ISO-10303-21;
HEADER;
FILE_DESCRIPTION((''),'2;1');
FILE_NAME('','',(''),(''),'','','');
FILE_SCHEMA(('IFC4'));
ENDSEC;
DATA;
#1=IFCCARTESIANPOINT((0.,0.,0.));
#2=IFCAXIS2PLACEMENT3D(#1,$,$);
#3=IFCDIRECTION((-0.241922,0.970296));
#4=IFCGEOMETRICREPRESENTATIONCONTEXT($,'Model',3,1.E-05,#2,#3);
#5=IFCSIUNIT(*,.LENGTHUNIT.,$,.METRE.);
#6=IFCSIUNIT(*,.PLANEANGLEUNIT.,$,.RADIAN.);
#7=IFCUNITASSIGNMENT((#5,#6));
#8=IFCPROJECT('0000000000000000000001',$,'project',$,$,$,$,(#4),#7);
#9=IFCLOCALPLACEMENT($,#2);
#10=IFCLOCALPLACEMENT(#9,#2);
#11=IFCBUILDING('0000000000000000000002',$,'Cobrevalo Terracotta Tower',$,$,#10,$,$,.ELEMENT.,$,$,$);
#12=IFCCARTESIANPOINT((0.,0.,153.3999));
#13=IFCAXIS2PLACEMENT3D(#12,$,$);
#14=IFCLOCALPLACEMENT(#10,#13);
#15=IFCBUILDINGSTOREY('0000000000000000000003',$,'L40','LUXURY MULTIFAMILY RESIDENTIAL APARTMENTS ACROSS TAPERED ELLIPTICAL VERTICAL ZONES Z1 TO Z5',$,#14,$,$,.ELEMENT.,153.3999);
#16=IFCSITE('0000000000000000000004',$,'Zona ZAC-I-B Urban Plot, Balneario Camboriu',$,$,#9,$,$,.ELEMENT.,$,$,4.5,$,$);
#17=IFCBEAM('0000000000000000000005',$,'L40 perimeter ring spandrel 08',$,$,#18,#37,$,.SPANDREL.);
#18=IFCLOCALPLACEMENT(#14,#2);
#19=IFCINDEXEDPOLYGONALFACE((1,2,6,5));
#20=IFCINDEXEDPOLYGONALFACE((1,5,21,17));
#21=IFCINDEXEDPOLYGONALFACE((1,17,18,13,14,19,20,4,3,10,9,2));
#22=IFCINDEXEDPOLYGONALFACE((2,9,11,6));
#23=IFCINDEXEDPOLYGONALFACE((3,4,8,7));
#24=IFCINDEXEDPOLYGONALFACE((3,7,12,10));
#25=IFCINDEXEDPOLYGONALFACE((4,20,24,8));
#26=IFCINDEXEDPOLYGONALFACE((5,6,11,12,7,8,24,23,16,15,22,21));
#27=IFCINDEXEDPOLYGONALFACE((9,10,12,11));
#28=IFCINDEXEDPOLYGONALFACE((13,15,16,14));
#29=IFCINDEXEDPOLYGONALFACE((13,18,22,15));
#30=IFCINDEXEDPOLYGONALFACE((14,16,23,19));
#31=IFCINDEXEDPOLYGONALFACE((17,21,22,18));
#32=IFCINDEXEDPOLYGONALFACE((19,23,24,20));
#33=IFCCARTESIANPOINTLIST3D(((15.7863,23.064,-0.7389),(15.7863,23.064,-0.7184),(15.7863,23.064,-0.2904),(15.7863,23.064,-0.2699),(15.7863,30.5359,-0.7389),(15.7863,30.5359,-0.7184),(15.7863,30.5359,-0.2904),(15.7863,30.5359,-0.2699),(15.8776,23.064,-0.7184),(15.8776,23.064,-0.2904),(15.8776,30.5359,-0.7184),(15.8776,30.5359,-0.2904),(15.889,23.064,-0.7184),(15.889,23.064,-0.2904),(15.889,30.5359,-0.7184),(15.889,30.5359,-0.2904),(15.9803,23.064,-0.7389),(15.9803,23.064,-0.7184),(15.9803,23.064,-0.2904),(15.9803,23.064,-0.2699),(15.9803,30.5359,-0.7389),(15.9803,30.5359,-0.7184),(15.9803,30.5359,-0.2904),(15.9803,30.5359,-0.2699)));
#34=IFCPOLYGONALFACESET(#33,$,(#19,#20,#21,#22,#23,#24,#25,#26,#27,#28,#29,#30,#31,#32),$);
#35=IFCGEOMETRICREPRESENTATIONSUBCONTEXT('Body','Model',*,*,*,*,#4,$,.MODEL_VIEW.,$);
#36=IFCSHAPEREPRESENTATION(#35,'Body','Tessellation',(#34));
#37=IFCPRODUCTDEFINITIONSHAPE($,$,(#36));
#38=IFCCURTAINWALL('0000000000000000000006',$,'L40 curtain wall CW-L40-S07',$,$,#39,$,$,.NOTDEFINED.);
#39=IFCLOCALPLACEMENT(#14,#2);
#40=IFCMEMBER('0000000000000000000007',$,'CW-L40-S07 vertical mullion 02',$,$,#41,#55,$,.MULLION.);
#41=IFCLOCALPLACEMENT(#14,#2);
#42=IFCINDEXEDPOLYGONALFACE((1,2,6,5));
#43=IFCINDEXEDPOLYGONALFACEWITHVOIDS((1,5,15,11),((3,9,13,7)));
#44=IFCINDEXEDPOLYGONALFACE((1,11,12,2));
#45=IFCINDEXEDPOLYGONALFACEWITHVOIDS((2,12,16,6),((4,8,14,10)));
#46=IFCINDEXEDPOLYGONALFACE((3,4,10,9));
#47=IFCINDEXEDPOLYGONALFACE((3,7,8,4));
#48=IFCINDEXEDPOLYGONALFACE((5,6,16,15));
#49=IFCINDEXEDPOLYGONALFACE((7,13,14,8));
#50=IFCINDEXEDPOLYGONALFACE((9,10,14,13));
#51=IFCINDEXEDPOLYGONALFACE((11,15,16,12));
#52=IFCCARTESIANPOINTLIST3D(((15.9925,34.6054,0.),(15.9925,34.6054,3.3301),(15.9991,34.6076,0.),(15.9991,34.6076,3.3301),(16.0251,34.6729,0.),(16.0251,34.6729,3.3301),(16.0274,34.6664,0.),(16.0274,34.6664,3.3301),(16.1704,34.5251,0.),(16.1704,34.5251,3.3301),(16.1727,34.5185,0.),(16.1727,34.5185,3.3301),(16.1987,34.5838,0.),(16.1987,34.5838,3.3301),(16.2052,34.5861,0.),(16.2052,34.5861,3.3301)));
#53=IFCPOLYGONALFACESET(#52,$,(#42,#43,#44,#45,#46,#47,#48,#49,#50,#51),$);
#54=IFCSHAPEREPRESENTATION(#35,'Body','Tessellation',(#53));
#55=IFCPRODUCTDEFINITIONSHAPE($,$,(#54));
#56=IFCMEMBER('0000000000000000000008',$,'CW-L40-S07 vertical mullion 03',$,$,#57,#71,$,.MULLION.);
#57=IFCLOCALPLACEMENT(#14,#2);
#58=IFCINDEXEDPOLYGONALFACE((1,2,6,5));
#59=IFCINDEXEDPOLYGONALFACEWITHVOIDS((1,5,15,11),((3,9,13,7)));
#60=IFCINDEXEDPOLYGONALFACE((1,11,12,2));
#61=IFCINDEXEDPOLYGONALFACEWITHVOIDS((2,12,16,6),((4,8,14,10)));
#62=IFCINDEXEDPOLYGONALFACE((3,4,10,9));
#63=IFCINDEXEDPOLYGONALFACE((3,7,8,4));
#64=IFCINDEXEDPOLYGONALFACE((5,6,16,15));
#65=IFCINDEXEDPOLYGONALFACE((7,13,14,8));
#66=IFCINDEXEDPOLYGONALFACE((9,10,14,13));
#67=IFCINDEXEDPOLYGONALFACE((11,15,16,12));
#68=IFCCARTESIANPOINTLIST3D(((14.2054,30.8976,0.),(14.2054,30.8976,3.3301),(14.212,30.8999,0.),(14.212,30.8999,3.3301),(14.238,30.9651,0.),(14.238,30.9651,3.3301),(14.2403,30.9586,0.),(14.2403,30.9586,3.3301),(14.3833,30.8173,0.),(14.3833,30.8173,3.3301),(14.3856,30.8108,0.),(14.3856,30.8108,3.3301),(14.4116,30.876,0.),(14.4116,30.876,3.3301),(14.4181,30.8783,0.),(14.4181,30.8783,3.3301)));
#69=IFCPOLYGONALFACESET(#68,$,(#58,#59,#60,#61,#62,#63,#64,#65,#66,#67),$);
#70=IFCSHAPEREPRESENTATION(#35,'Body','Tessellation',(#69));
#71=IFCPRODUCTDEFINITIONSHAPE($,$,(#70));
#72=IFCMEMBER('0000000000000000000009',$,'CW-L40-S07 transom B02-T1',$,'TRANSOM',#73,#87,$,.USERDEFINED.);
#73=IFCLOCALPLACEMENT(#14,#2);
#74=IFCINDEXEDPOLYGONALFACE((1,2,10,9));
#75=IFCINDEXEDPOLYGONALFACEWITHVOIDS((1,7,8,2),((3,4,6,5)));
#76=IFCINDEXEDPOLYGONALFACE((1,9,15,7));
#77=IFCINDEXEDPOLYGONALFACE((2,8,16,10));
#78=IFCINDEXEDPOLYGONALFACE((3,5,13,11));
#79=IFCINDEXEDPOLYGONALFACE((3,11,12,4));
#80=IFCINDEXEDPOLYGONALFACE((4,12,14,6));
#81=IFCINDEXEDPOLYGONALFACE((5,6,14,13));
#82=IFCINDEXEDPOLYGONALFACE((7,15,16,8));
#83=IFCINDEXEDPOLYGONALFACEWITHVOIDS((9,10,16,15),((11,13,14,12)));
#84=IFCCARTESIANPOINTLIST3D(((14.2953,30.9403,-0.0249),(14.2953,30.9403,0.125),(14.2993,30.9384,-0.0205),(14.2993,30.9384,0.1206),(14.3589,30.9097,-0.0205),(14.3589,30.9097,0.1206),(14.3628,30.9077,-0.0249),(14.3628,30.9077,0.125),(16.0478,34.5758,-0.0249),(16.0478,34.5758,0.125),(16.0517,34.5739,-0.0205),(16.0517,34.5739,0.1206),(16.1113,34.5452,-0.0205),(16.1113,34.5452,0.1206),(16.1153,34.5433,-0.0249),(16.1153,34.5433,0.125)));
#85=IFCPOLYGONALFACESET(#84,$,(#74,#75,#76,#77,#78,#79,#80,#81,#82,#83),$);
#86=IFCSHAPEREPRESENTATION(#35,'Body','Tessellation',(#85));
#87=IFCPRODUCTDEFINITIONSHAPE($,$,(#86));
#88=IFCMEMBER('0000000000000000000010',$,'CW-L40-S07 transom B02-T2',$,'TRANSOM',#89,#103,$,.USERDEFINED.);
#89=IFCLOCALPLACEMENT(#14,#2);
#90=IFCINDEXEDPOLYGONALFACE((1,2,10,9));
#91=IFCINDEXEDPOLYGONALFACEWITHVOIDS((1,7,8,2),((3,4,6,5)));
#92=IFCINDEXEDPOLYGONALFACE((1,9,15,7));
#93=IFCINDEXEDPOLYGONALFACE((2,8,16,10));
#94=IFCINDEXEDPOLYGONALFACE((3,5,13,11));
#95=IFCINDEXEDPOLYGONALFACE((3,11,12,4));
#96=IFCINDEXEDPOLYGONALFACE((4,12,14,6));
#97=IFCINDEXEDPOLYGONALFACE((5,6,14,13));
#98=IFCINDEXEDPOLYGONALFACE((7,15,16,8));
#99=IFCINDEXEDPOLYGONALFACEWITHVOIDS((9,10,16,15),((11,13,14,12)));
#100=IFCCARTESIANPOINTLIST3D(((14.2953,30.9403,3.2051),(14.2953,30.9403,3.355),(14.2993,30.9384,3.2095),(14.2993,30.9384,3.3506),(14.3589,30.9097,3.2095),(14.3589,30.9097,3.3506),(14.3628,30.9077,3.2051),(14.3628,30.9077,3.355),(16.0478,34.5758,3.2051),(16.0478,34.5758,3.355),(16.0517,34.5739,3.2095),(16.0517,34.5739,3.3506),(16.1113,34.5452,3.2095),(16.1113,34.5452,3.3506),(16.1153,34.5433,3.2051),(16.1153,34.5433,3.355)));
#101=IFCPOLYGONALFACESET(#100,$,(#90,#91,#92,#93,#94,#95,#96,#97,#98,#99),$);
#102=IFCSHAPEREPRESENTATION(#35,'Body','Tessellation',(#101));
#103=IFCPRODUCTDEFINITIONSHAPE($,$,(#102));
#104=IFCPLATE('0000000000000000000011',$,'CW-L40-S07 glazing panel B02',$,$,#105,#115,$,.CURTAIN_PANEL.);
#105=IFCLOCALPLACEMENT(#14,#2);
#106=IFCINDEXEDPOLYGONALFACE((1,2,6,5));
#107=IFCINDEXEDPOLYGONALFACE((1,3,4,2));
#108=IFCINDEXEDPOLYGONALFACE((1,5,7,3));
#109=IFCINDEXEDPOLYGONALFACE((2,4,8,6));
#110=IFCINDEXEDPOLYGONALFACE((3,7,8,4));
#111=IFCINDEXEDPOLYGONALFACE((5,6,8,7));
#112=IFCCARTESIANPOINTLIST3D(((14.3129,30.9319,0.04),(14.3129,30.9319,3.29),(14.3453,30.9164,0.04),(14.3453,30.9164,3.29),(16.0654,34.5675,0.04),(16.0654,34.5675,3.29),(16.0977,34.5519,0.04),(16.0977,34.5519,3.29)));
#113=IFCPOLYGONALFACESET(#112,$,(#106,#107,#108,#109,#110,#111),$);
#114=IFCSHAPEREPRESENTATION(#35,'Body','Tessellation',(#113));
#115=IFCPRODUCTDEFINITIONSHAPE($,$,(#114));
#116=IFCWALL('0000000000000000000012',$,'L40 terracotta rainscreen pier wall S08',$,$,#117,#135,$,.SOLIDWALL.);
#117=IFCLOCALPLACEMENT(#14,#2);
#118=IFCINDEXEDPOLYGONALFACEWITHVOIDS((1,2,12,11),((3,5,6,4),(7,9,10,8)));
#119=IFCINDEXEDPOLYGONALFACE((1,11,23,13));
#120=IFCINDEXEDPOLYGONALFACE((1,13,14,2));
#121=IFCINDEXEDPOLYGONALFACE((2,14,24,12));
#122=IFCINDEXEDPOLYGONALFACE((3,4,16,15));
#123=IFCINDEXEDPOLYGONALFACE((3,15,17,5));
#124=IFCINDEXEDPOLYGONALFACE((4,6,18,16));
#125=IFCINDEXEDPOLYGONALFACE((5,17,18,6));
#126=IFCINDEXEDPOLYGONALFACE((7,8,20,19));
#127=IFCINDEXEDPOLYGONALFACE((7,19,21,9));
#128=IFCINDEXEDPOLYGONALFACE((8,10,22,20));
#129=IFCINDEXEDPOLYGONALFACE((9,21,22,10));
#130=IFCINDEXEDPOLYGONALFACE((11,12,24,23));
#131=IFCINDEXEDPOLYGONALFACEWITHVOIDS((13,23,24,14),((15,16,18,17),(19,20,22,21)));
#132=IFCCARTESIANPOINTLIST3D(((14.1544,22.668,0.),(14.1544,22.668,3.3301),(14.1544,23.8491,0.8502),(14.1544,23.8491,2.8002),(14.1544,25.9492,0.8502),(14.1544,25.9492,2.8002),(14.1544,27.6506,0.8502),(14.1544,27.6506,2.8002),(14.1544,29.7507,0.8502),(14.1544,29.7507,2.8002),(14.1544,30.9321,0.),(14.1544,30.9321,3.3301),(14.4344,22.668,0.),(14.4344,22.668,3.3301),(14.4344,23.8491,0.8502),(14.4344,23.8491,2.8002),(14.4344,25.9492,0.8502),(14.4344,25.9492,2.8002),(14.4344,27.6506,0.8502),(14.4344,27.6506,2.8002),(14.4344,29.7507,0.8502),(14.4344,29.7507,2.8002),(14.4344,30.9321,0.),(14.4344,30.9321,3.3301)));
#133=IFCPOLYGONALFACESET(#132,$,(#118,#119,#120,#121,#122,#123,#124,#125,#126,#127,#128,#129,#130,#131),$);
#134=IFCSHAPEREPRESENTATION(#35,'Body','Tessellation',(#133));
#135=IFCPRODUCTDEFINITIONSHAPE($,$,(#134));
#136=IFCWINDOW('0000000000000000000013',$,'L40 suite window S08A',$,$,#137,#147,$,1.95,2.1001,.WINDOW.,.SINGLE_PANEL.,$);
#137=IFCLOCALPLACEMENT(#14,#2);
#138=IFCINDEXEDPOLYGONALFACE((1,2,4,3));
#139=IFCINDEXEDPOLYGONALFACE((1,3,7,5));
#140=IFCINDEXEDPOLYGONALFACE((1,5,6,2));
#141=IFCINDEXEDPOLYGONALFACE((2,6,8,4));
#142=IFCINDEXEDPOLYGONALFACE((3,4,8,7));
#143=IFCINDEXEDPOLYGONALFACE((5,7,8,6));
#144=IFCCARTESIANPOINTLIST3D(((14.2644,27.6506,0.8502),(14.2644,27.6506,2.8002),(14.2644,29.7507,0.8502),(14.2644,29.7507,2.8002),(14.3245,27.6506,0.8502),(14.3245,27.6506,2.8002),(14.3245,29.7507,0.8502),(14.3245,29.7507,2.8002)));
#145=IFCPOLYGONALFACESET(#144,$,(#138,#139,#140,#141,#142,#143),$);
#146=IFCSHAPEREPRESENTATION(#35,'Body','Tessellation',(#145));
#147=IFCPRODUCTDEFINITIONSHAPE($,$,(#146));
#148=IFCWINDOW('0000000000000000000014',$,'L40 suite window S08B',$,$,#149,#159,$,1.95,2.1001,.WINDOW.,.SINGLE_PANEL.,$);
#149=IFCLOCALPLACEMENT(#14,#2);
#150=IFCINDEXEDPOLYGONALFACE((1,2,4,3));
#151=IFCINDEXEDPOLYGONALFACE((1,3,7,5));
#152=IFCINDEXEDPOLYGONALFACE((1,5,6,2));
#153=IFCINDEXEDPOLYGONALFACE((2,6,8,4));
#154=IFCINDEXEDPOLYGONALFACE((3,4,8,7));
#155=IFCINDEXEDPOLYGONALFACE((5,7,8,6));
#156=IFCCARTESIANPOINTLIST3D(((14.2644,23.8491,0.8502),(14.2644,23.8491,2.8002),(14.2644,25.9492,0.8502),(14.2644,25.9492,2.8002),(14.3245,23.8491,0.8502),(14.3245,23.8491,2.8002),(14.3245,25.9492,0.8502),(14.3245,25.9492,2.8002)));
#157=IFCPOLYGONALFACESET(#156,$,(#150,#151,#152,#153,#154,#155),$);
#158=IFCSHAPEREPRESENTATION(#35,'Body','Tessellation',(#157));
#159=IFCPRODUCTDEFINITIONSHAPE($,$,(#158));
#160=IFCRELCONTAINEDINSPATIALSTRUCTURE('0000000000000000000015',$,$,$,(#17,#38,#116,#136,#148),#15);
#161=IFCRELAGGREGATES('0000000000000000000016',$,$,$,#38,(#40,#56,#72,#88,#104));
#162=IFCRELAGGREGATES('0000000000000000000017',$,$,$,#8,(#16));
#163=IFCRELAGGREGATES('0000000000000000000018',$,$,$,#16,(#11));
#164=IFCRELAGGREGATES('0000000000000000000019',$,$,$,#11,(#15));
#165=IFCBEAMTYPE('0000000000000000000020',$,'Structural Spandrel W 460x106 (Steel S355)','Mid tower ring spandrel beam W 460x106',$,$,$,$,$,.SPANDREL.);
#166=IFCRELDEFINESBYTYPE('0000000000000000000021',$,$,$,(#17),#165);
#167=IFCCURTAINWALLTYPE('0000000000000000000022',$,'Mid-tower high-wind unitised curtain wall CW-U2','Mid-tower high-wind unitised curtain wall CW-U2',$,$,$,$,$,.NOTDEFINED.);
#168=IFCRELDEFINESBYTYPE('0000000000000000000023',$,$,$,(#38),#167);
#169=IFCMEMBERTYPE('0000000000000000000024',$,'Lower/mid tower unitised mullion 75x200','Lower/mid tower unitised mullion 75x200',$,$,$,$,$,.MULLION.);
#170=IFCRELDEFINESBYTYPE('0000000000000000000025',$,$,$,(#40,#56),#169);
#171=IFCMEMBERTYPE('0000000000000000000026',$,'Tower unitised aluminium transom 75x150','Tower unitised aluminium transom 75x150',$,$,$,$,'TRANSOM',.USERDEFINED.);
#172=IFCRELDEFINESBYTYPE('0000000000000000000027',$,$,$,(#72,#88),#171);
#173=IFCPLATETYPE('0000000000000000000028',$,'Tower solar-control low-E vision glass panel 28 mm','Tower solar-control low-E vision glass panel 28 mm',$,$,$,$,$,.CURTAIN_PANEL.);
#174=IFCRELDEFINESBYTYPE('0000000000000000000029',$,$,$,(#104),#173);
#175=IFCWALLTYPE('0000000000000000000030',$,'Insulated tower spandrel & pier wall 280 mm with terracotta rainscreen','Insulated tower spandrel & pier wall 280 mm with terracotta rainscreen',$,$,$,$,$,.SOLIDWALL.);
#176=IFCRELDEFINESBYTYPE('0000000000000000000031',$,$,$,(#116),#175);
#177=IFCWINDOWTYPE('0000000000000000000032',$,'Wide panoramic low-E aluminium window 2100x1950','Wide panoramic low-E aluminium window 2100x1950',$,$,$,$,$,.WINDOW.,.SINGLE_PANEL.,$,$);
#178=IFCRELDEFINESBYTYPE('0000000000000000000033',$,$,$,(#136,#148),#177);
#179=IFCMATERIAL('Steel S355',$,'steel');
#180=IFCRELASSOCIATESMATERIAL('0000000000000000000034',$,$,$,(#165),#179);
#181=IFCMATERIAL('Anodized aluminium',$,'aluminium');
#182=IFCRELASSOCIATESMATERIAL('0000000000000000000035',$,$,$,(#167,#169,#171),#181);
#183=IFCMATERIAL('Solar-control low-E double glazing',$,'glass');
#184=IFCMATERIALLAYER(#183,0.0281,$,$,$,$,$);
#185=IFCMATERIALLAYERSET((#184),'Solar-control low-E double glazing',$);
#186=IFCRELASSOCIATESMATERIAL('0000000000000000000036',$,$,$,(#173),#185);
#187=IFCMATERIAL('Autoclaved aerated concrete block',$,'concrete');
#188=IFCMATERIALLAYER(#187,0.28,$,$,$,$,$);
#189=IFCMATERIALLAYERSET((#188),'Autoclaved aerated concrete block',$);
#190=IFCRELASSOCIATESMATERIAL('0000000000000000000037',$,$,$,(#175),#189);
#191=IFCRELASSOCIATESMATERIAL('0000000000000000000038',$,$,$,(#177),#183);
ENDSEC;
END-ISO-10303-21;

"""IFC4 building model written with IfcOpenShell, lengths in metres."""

from ifc_helpers import new_model, si_unit, direction, frame, frame_2d, origin, origin_2d, place, context, subcontext, project, spatial, rectangle, hollow_rectangle, i_section, extrude, source, transform, mapped, material, layer, layer_set, material_profile, profile_set, type_object, element, fill, aggregate, save


model = new_model("IFC4")

# Units and contexts
model_context = context("Model", 3, precision=1e-05, world=origin(), true_north=direction((-0.241922, 0.970296)))
body_context = subcontext(model_context, "Body", "Model", "MODEL_VIEW")
ifc_project = project(units=[si_unit("LENGTHUNIT", "METRE"), si_unit("PLANEANGLEUNIT", "RADIAN")], contexts=[model_context])

# Site, building, storey
site_placement = place(None, origin())
site = spatial("IfcSite", under=ifc_project, at=site_placement, Name="Zona ZAC-I-B Urban Plot, Balneario Camboriu", CompositionType="ELEMENT", RefElevation=4.5)
building_placement = place(site_placement, origin())
building = spatial("IfcBuilding", under=site, at=building_placement, Name="Cobrevalo Terracotta Tower", CompositionType="ELEMENT")
storey_placement = place(building_placement, frame((0.0, 0.0, 153.3999)))
storey = spatial("IfcBuildingStorey", under=building, at=storey_placement, Name="L40", Description="LUXURY MULTIFAMILY RESIDENTIAL APARTMENTS ACROSS TAPERED ELLIPTICAL VERTICAL ZONES Z1 TO Z5", CompositionType="ELEMENT", Elevation=153.3999)

# Shared definitions
ifc_material_1 = material(Name="Steel S355", Category="steel")

# Beam
ifc_material_profile_1 = material_profile(ifc_material_1, i_section(OverallWidth=0.1941, OverallDepth=0.469, WebThickness=0.0115, FlangeThickness=0.0205, at=origin_2d()), Name="W 460x106")
ifc_profile_set_1 = profile_set([ifc_material_profile_1], Name="Steel S355")
beam_type_1 = type_object("IfcBeamType", Name="Structural Spandrel W 460x106 (Steel S355)", Description="Mid tower ring spandrel beam W 460x106", PredefinedType="SPANDREL", material=ifc_profile_set_1)
beam_1_placement = place(storey_placement, frame((15.8833, 30.5359, -0.5044), z_axis=(0.0, -1.0, 0.0), x_axis=(1.0, 0.0, 0.0)))
element("IfcBeam", 1, at=beam_1_placement, inside=storey, type_object=beam_type_1, Name="L40 perimeter ring spandrel 08", PredefinedType="SPANDREL", context=body_context, shape_type="SweptSolid", body=[
    extrude(i_section(OverallWidth=0.1941, OverallDepth=0.469, WebThickness=0.0115, FlangeThickness=0.0205, at=origin_2d()), origin(), (0.0, 0.0, 1.0), 7.4719),
])

# Curtain wall, members, plate
ifc_material_2 = material(Name="Anodized aluminium", Category="aluminium")
curtain_wall_type = type_object("IfcCurtainWallType", Name="Mid-tower high-wind unitised curtain wall CW-U2", Description="Mid-tower high-wind unitised curtain wall CW-U2", PredefinedType="NOTDEFINED", material=ifc_material_2)
curtain_wall_placement = place(storey_placement, origin())
curtain_wall = element("IfcCurtainWall", 2, at=curtain_wall_placement, inside=storey, type_object=curtain_wall_type, Name="L40 curtain wall CW-L40-S07", PredefinedType="NOTDEFINED")
ifc_material_profile_2 = material_profile(ifc_material_2, hollow_rectangle(XDim=0.075, YDim=0.2, WallThickness=0.0049, at=origin_2d()), Name="CWM 75x200")
ifc_profile_set_2 = profile_set([ifc_material_profile_2], Name="Anodized aluminium")
member_type_1 = type_object("IfcMemberType", Name="Lower/mid tower unitised mullion 75x200", Description="Lower/mid tower unitised mullion 75x200", PredefinedType="MULLION", material=ifc_profile_set_2)
shared_shape_1 = source(origin(), body_context, "Body", "SweptSolid", [
    extrude(hollow_rectangle(XDim=0.075, YDim=0.2, WallThickness=0.0049, at=origin_2d()), origin(), (0.0, 0.0, 1.0), 3.3301),
])
member_1_placement = place(storey_placement, frame((16.0989, 34.5957, 0.0), z_axis=(0.0, 0.0, 1.0), x_axis=(-0.434209, -0.900812, 0.0)))
member_1 = element("IfcMember", 3, at=member_1_placement, type_object=member_type_1, Name="CW-L40-S07 vertical mullion 02", PredefinedType="MULLION", context=body_context, shape_type="MappedRepresentation", body=[
    mapped(shared_shape_1, transform((0.0, 0.0, 0.0), scale=1.0)),
])
member_2_placement = place(storey_placement, frame((14.3118, 30.8879, 0.0), z_axis=(0.0, 0.0, 1.0), x_axis=(-0.434209, -0.900812, 0.0)))
member_2 = element("IfcMember", 4, at=member_2_placement, type_object=member_type_1, Name="CW-L40-S07 vertical mullion 03", PredefinedType="MULLION", context=body_context, shape_type="MappedRepresentation", body=[
    mapped(shared_shape_1, transform((0.0, 0.0, 0.0), scale=1.0)),
])
ifc_material_profile_3 = material_profile(ifc_material_2, hollow_rectangle(XDim=0.075, YDim=0.1499, WallThickness=0.0044, at=origin_2d()), Name="CWT 75x150")
ifc_profile_set_3 = profile_set([ifc_material_profile_3], Name="Anodized aluminium")
member_type_2 = type_object("IfcMemberType", Name="Tower unitised aluminium transom 75x150", Description="Tower unitised aluminium transom 75x150", ElementType="TRANSOM", PredefinedType="USERDEFINED", material=ifc_profile_set_3)
shared_shape_2 = source(origin(), body_context, "Body", "SweptSolid", [
    extrude(hollow_rectangle(XDim=0.075, YDim=0.1499, WallThickness=0.0044, at=origin_2d()), origin(), (0.0, 0.0, 1.0), 4.0359),
])
member_3_placement = place(storey_placement, frame((16.0815, 34.5596, 0.05), z_axis=(-0.434221, -0.900806, 0.0), x_axis=(0.900806, -0.434221, 0.0)))
member_3 = element("IfcMember", 5, at=member_3_placement, type_object=member_type_2, Name="CW-L40-S07 transom B02-T1", ObjectType="TRANSOM", PredefinedType="USERDEFINED", context=body_context, shape_type="MappedRepresentation", body=[
    mapped(shared_shape_2, transform((0.0, 0.0, 0.0), scale=1.0)),
])
member_4_placement = place(storey_placement, frame((16.0815, 34.5596, 3.28), z_axis=(-0.434221, -0.900806, 0.0), x_axis=(0.900806, -0.434221, 0.0)))
member_4 = element("IfcMember", 6, at=member_4_placement, type_object=member_type_2, Name="CW-L40-S07 transom B02-T2", ObjectType="TRANSOM", PredefinedType="USERDEFINED", context=body_context, shape_type="MappedRepresentation", body=[
    mapped(shared_shape_2, transform((0.0, 0.0, 0.0), scale=1.0)),
])
ifc_material_3 = material(Name="Solar-control low-E double glazing", Category="glass")
ifc_layer_1 = layer(ifc_material_3, 0.0281)
ifc_layer_set_1 = layer_set([ifc_layer_1], Name="Solar-control low-E double glazing")
plate_type = type_object("IfcPlateType", Name="Tower solar-control low-E vision glass panel 28 mm", Description="Tower solar-control low-E vision glass panel 28 mm", PredefinedType="CURTAIN_PANEL", material=ifc_layer_set_1)
shared_shape_3 = source(origin(), body_context, "Body", "SweptSolid", [
    extrude(rectangle(XDim=4.0359, YDim=0.0359, at=origin_2d()), origin(), (0.0, 0.0, 1.0), 3.25),
])
plate_placement = place(storey_placement, frame((15.2053, 32.7419, 0.04), z_axis=(0.0, 0.0, 1.0), x_axis=(-0.434209, -0.900812, 0.0)))
plate = element("IfcPlate", 7, at=plate_placement, type_object=plate_type, Name="CW-L40-S07 glazing panel B02", PredefinedType="CURTAIN_PANEL", context=body_context, shape_type="MappedRepresentation", body=[
    mapped(shared_shape_3, transform((0.0, 0.0, 0.0), scale=1.0)),
])
aggregate(curtain_wall, [member_1, member_2, member_3, member_4, plate])

# Wall, openings, windows
ifc_material_4 = material(Name="Autoclaved aerated concrete block", Category="concrete")
ifc_layer_2 = layer(ifc_material_4, 0.28)
ifc_layer_set_2 = layer_set([ifc_layer_2], Name="Autoclaved aerated concrete block")
wall_type_1 = type_object("IfcWallType", Name="Insulated tower spandrel & pier wall 280 mm with terracotta rainscreen", Description="Insulated tower spandrel & pier wall 280 mm with terracotta rainscreen", PredefinedType="SOLIDWALL", material=ifc_layer_set_2)
wall_1_placement = place(storey_placement, frame((14.2944, 30.9321, 0.0), z_axis=(0.0, 0.0, 1.0), x_axis=(0.0, -1.0, 0.0)))
wall_1 = element("IfcWall", 8, at=wall_1_placement, inside=storey, type_object=wall_type_1, Name="L40 terracotta rainscreen pier wall S08", PredefinedType="SOLIDWALL", context=body_context, shape_type="SweptSolid", body=[
    extrude(rectangle(XDim=8.2642, YDim=0.28, at=frame_2d((4.1321, 0.0))), origin(), (0.0, 0.0, 1.0), 3.3301),
])
opening_1_placement = place(wall_1_placement, frame((1.1814, 0.0, 0.8501)))
opening_1 = element("IfcOpeningElement", 9, at=opening_1_placement, cuts=wall_1, PredefinedType="OPENING", context=body_context, shape_type="SweptSolid", body=[
    extrude(rectangle(XDim=2.1001, YDim=1.95, at=frame_2d((1.05, 0.9751))), frame((0.0, 0.1499, 0.0), z_axis=(0.0, -1.0, 0.0), x_axis=(1.0, 0.0, 0.0)), (0.0, 0.0, 1.0), 0.3),
])
opening_2_placement = place(wall_1_placement, frame((4.9829, 0.0, 0.8501)))
opening_2 = element("IfcOpeningElement", 10, at=opening_2_placement, cuts=wall_1, PredefinedType="OPENING", context=body_context, shape_type="SweptSolid", body=[
    extrude(rectangle(XDim=2.1001, YDim=1.95, at=frame_2d((1.05, 0.9751))), frame((0.0, 0.1499, 0.0), z_axis=(0.0, -1.0, 0.0), x_axis=(1.0, 0.0, 0.0)), (0.0, 0.0, 1.0), 0.3),
])
window_type = type_object("IfcWindowType", Name="Wide panoramic low-E aluminium window 2100x1950", Description="Wide panoramic low-E aluminium window 2100x1950", PartitioningType="SINGLE_PANEL", PredefinedType="WINDOW", material=ifc_material_3)
shared_shape_4 = source(origin(), body_context, "Body", "SweptSolid", [
    extrude(rectangle(XDim=2.1001, YDim=1.95, at=frame_2d((1.05, 0.9751))), frame((0.0, 0.03, 0.0), z_axis=(0.0, -1.0, 0.0), x_axis=(1.0, 0.0, 0.0)), (0.0, 0.0, 1.0), 0.0601),
])
window_1_placement = place(opening_1_placement, origin())
window_1 = element("IfcWindow", 11, at=window_1_placement, inside=storey, type_object=window_type, Name="L40 suite window S08A", OverallHeight=1.95, OverallWidth=2.1001, PartitioningType="SINGLE_PANEL", PredefinedType="WINDOW", context=body_context, shape_type="MappedRepresentation", body=[
    mapped(shared_shape_4, transform((0.0, 0.0, 0.0), scale=1.0)),
])
fill(opening_1, window_1)
window_2_placement = place(opening_2_placement, origin())
window_2 = element("IfcWindow", 12, at=window_2_placement, inside=storey, type_object=window_type, Name="L40 suite window S08B", OverallHeight=1.95, OverallWidth=2.1001, PartitioningType="SINGLE_PANEL", PredefinedType="WINDOW", context=body_context, shape_type="MappedRepresentation", body=[
    mapped(shared_shape_4, transform((0.0, 0.0, 0.0), scale=1.0)),
])
fill(opening_2, window_2)

save(model, "model.ifc")
